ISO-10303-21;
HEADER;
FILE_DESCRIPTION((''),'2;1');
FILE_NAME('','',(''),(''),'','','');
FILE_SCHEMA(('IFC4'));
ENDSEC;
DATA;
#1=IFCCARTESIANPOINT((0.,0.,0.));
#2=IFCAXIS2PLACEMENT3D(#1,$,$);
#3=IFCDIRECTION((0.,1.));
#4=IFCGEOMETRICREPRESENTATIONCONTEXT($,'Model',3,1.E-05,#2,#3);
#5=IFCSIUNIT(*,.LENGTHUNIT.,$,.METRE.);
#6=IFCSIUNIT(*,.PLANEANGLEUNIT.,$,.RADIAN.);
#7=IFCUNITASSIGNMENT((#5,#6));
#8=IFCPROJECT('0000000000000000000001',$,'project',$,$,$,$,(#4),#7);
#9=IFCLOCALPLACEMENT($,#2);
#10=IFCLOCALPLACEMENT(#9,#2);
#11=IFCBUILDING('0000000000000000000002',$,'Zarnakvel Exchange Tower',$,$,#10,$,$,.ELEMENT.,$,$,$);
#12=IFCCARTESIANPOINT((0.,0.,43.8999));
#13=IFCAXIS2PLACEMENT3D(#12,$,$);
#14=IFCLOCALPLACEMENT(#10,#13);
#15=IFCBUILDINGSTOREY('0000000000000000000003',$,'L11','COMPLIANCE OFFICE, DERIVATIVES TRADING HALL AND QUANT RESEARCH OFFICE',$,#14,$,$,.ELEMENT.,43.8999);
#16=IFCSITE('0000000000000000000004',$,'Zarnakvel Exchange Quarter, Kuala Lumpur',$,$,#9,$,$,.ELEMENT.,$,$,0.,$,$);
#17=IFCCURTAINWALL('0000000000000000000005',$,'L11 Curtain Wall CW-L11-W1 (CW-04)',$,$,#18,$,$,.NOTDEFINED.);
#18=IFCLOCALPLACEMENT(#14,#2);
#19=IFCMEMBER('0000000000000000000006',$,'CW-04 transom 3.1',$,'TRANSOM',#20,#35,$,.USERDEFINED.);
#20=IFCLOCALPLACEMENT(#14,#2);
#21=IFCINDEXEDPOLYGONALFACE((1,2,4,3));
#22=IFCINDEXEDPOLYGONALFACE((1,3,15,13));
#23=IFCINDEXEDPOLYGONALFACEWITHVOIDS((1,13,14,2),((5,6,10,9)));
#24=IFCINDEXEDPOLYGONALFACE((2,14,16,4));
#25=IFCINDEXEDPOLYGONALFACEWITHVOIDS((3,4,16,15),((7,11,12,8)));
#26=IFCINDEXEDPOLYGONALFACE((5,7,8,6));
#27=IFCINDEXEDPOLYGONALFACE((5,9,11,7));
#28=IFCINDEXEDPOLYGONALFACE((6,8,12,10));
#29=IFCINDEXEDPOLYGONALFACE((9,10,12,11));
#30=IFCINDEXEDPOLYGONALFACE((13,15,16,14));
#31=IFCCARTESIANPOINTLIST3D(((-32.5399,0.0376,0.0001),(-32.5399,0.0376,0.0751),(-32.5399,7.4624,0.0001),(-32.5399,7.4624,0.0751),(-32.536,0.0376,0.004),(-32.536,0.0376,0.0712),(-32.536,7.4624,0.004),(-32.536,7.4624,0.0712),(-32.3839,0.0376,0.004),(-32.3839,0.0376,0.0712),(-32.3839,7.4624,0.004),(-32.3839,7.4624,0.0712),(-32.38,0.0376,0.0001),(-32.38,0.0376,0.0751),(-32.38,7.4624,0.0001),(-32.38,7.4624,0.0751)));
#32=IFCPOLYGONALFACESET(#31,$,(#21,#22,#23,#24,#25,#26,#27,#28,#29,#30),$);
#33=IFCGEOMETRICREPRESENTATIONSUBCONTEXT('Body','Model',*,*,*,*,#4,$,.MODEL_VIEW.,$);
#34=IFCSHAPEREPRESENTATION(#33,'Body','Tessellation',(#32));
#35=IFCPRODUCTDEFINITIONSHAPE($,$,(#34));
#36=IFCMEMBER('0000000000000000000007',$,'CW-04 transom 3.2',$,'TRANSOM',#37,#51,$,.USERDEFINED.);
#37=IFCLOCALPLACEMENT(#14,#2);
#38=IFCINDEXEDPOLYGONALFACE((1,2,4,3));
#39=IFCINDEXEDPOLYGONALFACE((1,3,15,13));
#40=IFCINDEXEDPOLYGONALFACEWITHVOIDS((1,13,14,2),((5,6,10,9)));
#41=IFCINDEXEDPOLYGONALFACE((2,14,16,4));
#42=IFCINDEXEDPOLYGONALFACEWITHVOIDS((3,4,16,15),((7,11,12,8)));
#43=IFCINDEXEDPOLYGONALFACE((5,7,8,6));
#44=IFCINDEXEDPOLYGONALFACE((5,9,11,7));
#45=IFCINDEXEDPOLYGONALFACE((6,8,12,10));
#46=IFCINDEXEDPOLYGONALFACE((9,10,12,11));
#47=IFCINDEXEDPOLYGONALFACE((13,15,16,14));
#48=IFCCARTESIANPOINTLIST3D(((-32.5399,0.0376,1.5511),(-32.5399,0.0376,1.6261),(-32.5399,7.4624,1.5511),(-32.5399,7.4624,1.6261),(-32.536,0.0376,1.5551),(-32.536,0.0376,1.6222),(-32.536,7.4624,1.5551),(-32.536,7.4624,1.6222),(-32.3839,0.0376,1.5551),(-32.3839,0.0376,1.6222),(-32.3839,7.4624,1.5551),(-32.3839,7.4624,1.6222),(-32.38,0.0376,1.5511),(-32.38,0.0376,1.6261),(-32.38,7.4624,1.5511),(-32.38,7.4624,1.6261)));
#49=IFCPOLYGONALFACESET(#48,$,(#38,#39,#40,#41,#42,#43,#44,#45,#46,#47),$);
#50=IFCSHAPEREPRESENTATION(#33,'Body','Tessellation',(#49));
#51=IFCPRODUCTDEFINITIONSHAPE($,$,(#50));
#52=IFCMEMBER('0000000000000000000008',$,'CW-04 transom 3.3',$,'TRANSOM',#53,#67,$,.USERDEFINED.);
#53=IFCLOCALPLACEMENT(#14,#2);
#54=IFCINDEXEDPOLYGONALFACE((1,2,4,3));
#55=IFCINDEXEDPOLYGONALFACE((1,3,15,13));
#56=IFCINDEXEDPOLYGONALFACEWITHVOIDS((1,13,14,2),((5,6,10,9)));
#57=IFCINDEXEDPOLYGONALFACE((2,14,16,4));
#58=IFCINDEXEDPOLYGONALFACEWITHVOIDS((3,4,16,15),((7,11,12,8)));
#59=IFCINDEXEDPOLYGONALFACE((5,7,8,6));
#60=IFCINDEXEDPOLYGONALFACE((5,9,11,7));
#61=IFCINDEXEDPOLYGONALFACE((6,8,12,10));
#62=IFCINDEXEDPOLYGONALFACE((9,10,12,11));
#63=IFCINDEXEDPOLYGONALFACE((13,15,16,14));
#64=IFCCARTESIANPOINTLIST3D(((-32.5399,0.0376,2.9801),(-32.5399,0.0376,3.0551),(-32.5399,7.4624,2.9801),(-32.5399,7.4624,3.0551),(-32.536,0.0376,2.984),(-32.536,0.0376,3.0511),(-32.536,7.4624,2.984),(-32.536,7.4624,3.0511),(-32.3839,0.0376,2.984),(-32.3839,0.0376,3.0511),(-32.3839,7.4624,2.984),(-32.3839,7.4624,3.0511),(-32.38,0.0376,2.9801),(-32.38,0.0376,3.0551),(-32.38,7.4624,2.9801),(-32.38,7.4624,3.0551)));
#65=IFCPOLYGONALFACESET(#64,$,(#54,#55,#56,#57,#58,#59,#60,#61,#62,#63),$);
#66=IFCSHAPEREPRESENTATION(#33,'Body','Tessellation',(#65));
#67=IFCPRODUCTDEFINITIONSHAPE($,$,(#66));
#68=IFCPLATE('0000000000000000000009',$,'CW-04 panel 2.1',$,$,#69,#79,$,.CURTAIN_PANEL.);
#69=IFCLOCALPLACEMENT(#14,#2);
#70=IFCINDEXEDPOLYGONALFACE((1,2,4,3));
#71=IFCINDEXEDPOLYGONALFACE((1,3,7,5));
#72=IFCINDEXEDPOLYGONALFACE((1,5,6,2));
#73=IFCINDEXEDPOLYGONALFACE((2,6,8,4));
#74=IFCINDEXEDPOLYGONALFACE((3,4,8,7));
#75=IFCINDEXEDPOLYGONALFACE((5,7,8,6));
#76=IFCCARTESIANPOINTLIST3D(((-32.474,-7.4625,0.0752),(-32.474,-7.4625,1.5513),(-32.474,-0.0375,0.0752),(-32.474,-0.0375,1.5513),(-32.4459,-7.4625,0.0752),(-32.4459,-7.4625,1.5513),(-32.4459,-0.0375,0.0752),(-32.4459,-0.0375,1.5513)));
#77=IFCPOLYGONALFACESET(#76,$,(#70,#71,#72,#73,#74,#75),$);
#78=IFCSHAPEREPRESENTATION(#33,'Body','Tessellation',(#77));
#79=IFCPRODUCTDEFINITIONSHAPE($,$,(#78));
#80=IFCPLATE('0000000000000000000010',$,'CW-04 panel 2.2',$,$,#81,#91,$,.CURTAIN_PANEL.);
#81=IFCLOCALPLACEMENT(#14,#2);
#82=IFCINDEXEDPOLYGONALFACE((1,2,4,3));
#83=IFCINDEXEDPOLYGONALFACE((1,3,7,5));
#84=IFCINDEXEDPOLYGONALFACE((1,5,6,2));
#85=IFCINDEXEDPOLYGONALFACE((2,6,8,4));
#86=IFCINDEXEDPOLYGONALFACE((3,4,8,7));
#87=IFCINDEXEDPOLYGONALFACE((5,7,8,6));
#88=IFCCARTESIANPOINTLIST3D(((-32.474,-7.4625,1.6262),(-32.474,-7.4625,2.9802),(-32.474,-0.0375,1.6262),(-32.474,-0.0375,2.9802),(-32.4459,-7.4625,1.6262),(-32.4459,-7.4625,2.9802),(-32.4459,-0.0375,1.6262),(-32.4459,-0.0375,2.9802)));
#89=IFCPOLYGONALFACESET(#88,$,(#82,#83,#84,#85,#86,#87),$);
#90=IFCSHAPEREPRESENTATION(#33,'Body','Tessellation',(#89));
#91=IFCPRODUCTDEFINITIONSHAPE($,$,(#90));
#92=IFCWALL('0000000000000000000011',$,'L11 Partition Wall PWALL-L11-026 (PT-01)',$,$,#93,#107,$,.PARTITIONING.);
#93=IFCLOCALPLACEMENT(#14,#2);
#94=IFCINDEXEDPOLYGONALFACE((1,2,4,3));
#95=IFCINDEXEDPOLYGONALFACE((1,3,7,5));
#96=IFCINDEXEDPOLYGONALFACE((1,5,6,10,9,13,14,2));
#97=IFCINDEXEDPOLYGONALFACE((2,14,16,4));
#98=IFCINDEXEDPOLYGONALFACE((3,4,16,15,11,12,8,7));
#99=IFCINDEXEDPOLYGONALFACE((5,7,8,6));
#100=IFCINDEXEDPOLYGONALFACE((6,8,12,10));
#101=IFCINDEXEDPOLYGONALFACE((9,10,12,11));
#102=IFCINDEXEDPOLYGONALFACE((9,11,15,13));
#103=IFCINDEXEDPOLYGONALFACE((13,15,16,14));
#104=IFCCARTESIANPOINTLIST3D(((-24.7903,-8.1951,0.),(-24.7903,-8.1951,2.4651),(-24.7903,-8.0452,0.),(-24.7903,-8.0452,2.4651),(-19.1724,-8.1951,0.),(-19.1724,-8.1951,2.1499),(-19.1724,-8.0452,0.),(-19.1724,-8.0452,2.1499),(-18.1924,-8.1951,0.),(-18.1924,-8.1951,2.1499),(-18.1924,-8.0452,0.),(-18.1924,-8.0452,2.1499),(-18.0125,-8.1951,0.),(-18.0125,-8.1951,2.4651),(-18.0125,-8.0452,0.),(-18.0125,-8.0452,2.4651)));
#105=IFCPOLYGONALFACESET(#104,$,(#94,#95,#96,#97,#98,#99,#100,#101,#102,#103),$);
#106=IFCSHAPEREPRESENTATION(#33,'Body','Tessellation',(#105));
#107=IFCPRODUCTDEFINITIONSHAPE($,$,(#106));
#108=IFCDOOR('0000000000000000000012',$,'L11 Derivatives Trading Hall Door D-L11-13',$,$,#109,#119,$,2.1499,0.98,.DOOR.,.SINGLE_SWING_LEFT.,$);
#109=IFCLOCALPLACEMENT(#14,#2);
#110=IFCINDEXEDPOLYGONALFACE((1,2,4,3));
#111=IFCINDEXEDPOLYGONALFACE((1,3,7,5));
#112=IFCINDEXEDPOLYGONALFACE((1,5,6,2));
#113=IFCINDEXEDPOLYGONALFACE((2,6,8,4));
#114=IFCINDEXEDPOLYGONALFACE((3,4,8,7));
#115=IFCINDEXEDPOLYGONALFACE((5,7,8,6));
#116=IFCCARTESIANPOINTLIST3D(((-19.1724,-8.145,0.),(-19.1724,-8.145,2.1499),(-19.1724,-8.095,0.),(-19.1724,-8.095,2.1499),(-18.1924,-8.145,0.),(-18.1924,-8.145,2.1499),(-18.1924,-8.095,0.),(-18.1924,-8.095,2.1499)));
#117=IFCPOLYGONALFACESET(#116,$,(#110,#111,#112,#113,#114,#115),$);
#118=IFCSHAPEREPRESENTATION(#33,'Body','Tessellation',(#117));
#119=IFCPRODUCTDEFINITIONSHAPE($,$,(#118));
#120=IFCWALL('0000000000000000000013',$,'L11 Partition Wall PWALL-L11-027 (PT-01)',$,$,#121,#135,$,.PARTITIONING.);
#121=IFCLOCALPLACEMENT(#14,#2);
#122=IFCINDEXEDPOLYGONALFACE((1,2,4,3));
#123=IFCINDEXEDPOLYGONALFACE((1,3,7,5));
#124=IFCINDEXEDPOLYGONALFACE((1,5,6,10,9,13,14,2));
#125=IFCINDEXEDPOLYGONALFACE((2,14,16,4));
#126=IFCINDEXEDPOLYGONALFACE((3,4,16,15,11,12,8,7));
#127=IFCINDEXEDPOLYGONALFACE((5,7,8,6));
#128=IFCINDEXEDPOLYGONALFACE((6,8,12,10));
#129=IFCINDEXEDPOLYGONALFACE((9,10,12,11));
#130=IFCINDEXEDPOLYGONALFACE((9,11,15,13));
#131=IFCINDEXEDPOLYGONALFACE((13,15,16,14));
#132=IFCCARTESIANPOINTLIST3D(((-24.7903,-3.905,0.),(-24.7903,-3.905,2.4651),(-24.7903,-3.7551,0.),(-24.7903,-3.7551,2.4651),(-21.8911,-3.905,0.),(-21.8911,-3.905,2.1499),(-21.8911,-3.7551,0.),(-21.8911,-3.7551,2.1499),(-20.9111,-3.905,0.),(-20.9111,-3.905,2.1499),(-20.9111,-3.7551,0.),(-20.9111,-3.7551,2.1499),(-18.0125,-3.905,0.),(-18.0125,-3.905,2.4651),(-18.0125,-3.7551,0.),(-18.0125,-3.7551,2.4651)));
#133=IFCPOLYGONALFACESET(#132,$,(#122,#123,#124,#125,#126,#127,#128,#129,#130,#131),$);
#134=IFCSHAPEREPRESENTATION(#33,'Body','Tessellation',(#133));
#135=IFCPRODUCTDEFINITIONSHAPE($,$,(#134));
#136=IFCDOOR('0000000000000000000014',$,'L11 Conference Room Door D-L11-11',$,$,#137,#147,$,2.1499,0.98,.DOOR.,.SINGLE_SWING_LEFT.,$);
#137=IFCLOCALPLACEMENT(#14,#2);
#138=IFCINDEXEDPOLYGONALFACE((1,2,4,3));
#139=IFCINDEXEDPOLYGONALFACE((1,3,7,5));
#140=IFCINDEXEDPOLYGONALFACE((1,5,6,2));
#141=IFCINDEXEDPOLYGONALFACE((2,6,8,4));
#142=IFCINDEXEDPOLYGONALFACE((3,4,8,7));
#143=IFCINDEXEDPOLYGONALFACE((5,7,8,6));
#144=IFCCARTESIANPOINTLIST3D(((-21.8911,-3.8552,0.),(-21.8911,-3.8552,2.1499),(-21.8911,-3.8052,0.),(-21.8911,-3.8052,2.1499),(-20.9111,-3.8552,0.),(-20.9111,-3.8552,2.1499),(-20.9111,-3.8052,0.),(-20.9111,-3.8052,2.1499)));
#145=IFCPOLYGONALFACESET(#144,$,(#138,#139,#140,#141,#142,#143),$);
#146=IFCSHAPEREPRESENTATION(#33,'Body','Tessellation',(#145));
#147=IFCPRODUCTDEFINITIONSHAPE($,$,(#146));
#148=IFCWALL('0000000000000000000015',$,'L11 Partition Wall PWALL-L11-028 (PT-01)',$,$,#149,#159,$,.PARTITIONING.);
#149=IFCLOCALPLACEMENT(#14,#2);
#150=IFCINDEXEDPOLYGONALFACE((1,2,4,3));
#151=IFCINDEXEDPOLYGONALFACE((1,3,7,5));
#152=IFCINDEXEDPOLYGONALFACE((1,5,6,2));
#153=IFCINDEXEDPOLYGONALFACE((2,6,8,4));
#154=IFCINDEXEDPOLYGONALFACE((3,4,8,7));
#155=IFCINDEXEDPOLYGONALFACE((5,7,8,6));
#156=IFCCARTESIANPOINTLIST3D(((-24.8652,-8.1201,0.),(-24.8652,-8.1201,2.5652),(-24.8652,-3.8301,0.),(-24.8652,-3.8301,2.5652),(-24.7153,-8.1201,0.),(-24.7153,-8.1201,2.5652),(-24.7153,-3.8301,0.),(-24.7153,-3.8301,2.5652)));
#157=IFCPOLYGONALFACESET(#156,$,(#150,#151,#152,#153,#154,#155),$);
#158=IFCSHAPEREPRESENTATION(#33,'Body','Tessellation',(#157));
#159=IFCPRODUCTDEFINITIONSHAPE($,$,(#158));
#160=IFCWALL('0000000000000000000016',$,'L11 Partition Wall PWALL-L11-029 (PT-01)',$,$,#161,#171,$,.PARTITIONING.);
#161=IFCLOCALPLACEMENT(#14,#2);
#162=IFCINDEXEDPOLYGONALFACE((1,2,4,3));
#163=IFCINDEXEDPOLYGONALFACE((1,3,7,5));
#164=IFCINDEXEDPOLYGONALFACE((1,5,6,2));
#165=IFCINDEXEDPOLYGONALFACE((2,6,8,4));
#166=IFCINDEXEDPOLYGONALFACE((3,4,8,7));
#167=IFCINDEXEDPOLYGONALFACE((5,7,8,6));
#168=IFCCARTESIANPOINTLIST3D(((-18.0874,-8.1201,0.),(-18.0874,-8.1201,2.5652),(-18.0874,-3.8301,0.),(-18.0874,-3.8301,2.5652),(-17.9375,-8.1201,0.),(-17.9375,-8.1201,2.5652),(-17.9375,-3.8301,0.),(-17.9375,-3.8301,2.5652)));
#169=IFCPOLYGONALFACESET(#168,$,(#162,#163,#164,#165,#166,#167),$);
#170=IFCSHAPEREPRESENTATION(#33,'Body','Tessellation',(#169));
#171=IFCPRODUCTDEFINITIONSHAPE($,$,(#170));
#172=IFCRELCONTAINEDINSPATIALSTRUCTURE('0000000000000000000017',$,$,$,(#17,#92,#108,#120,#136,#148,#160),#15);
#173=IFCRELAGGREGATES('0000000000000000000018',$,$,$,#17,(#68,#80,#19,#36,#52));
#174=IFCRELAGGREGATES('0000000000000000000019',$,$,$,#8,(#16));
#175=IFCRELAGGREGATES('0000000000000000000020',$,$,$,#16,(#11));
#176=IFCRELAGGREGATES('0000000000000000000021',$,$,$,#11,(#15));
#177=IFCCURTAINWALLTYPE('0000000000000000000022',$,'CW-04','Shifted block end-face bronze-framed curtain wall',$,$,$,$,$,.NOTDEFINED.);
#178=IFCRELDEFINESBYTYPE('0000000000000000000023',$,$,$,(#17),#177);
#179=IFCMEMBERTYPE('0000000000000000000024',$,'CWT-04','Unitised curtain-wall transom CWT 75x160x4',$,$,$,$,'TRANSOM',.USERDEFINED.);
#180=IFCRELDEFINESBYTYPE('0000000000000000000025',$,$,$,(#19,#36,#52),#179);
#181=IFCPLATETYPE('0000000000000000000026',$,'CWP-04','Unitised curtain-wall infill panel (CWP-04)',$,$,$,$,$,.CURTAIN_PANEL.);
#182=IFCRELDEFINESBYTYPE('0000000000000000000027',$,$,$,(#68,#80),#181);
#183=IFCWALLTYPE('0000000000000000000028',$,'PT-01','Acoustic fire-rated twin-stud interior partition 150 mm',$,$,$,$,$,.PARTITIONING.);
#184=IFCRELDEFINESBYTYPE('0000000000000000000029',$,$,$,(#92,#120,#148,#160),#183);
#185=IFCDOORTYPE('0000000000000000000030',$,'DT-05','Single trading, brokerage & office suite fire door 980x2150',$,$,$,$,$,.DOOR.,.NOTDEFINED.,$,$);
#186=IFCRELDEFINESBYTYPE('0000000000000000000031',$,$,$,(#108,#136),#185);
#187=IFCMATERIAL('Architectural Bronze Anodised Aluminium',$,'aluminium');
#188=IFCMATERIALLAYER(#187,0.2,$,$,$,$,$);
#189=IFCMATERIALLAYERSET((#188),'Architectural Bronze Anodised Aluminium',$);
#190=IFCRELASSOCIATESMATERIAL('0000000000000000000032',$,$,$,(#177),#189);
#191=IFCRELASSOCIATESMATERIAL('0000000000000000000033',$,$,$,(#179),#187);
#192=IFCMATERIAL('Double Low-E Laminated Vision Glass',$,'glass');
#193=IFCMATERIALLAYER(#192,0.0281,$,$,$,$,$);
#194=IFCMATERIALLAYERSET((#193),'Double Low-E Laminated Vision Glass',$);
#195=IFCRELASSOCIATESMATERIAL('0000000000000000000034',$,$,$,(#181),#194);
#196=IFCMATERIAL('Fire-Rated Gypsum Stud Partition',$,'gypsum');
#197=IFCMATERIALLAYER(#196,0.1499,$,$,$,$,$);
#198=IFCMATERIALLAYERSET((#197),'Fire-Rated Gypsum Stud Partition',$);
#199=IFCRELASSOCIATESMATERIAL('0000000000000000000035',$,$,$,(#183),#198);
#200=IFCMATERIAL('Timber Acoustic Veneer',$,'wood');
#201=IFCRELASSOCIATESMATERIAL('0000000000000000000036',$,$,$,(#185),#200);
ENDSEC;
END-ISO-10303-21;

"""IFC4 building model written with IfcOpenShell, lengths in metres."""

from ifc_helpers import new_model, si_unit, direction, frame, frame_2d, origin, origin_2d, place, context, subcontext, project, spatial, rectangle, hollow_rectangle, extrude, source, transform, mapped, material, layer, layer_set, material_profile, profile_set, type_object, element, fill, aggregate, save


model = new_model("IFC4")

# Units and contexts
model_context = context("Model", 3, precision=1e-05, world=origin(), true_north=direction((0.0, 1.0)))
body_context = subcontext(model_context, "Body", "Model", "MODEL_VIEW")
ifc_project = project(units=[si_unit("LENGTHUNIT", "METRE"), si_unit("PLANEANGLEUNIT", "RADIAN")], contexts=[model_context])

# Site, building, storey
site_placement = place(None, origin())
site = spatial("IfcSite", under=ifc_project, at=site_placement, Name="Zarnakvel Exchange Quarter, Kuala Lumpur", CompositionType="ELEMENT", RefElevation=0.0)
building_placement = place(site_placement, origin())
building = spatial("IfcBuilding", under=site, at=building_placement, Name="Zarnakvel Exchange Tower", CompositionType="ELEMENT")
storey_placement = place(building_placement, frame((0.0, 0.0, 43.8999)))
storey = spatial("IfcBuildingStorey", under=building, at=storey_placement, Name="L11", Description="COMPLIANCE OFFICE, DERIVATIVES TRADING HALL AND QUANT RESEARCH OFFICE", CompositionType="ELEMENT", Elevation=43.8999)

# Curtain wall, members, plates
ifc_material_1 = material(Name="Architectural Bronze Anodised Aluminium", Category="aluminium")
ifc_layer_1 = layer(ifc_material_1, 0.2)
ifc_layer_set_1 = layer_set([ifc_layer_1], Name="Architectural Bronze Anodised Aluminium")
curtain_wall_type = type_object("IfcCurtainWallType", Name="CW-04", Description="Shifted block end-face bronze-framed curtain wall", PredefinedType="NOTDEFINED", material=ifc_layer_set_1)
curtain_wall_placement = place(storey_placement, origin())
curtain_wall = element("IfcCurtainWall", 1, at=curtain_wall_placement, inside=storey, type_object=curtain_wall_type, Name="L11 Curtain Wall CW-L11-W1 (CW-04)", PredefinedType="NOTDEFINED")
ifc_material_profile_1 = material_profile(ifc_material_1, hollow_rectangle(XDim=0.1599, YDim=0.075, WallThickness=0.0039, at=origin_2d()))
ifc_profile_set_1 = profile_set([ifc_material_profile_1], Name="Architectural Bronze Anodised Aluminium")
member_type_1 = type_object("IfcMemberType", Name="CWT-04", Description="Unitised curtain-wall transom CWT 75x160x4", ElementType="TRANSOM", PredefinedType="USERDEFINED", material=ifc_profile_set_1)
shared_shape_1 = source(origin(), body_context, "Body", "SweptSolid", [
    extrude(hollow_rectangle(XDim=0.1599, YDim=0.075, WallThickness=0.0039, at=origin_2d()), origin(), (0.0, 0.0, 1.0), 7.4248),
])
member_1_placement = place(storey_placement, frame((-32.46, 0.0376, 0.0376), z_axis=(0.0, 1.0, 0.0), x_axis=(-1.0, 0.0, 0.0)))
member_1 = element("IfcMember", 2, at=member_1_placement, type_object=member_type_1, Name="CW-04 transom 3.1", ObjectType="TRANSOM", PredefinedType="USERDEFINED", context=body_context, shape_type="MappedRepresentation", body=[
    mapped(shared_shape_1, transform((0.0, 0.0, 0.0), x_axis=(1.0, 0.0, 0.0), y_axis=(0.0, 1.0, 0.0), z_axis=(0.0, 0.0, 1.0), scale=1.0)),
])
member_2_placement = place(storey_placement, frame((-32.46, 0.0376, 1.5886), z_axis=(0.0, 1.0, 0.0), x_axis=(-1.0, 0.0, 0.0)))
member_2 = element("IfcMember", 3, at=member_2_placement, type_object=member_type_1, Name="CW-04 transom 3.2", ObjectType="TRANSOM", PredefinedType="USERDEFINED", context=body_context, shape_type="MappedRepresentation", body=[
    mapped(shared_shape_1, transform((0.0, 0.0, 0.0), x_axis=(1.0, 0.0, 0.0), y_axis=(0.0, 1.0, 0.0), z_axis=(0.0, 0.0, 1.0), scale=1.0)),
])
member_3_placement = place(storey_placement, frame((-32.46, 0.0376, 3.0176), z_axis=(0.0, 1.0, 0.0), x_axis=(-1.0, 0.0, 0.0)))
member_3 = element("IfcMember", 4, at=member_3_placement, type_object=member_type_1, Name="CW-04 transom 3.3", ObjectType="TRANSOM", PredefinedType="USERDEFINED", context=body_context, shape_type="MappedRepresentation", body=[
    mapped(shared_shape_1, transform((0.0, 0.0, 0.0), x_axis=(1.0, 0.0, 0.0), y_axis=(0.0, 1.0, 0.0), z_axis=(0.0, 0.0, 1.0), scale=1.0)),
])
ifc_material_2 = material(Name="Double Low-E Laminated Vision Glass", Category="glass")
ifc_layer_2 = layer(ifc_material_2, 0.0281)
ifc_layer_set_2 = layer_set([ifc_layer_2], Name="Double Low-E Laminated Vision Glass")
plate_type = type_object("IfcPlateType", Name="CWP-04", Description="Unitised curtain-wall infill panel (CWP-04)", PredefinedType="CURTAIN_PANEL", material=ifc_layer_set_2)
shared_shape_2 = source(origin(), body_context, "Body", "SweptSolid", [
    extrude(rectangle(XDim=7.425, YDim=0.0281, at=origin_2d()), origin(), (0.0, 0.0, 1.0), 1.4761),
])
plate_1_placement = place(storey_placement, frame((-32.46, -3.75, 0.0752), z_axis=(0.0, 0.0, 1.0), x_axis=(0.0, 1.0, 0.0)))
plate_1 = element("IfcPlate", 5, at=plate_1_placement, type_object=plate_type, Name="CW-04 panel 2.1", PredefinedType="CURTAIN_PANEL", context=body_context, shape_type="MappedRepresentation", body=[
    mapped(shared_shape_2, transform((0.0, 0.0, 0.0), x_axis=(1.0, 0.0, 0.0), y_axis=(0.0, 1.0, 0.0), z_axis=(0.0, 0.0, 1.0), scale=1.0)),
])
shared_shape_3 = source(origin(), body_context, "Body", "SweptSolid", [
    extrude(rectangle(XDim=7.425, YDim=0.0281, at=origin_2d()), origin(), (0.0, 0.0, 1.0), 1.354),
])
plate_2_placement = place(storey_placement, frame((-32.46, -3.75, 1.6262), z_axis=(0.0, 0.0, 1.0), x_axis=(0.0, 1.0, 0.0)))
plate_2 = element("IfcPlate", 6, at=plate_2_placement, type_object=plate_type, Name="CW-04 panel 2.2", PredefinedType="CURTAIN_PANEL", context=body_context, shape_type="MappedRepresentation", body=[
    mapped(shared_shape_3, transform((0.0, 0.0, 0.0), x_axis=(1.0, 0.0, 0.0), y_axis=(0.0, 1.0, 0.0), z_axis=(0.0, 0.0, 1.0), scale=1.0)),
])
aggregate(curtain_wall, [plate_1, plate_2, member_1, member_2, member_3])

# Walls, openings, doors
ifc_material_3 = material(Name="Fire-Rated Gypsum Stud Partition", Category="gypsum")
ifc_layer_3 = layer(ifc_material_3, 0.1499)
ifc_layer_set_3 = layer_set([ifc_layer_3], Name="Fire-Rated Gypsum Stud Partition")
wall_type = type_object("IfcWallType", Name="PT-01", Description="Acoustic fire-rated twin-stud interior partition 150 mm", PredefinedType="PARTITIONING", material=ifc_layer_set_3)
wall_1_placement = place(storey_placement, frame((-18.0125, -8.1201, 0.0), z_axis=(0.0, 0.0, 1.0), x_axis=(-1.0, 0.0, 0.0)))
wall_1 = element("IfcWall", 7, at=wall_1_placement, inside=storey, type_object=wall_type, Name="L11 Partition Wall PWALL-L11-026 (PT-01)", PredefinedType="PARTITIONING", context=body_context, shape_type="SweptSolid", body=[
    extrude(rectangle(XDim=6.7778, YDim=0.1499, at=frame_2d((3.3889, 0.0))), origin(), (0.0, 0.0, 1.0), 2.4651),
])
opening_1_placement = place(wall_1_placement, frame((0.1799, 0.0, 0.0)))
opening_1 = element("IfcOpeningElement", 8, at=opening_1_placement, cuts=wall_1, PredefinedType="OPENING", context=body_context, shape_type="SweptSolid", body=[
    extrude(rectangle(XDim=0.98, YDim=2.1499, at=frame_2d((0.49, 1.075))), frame((0.0, 0.085, 0.0), z_axis=(0.0, -1.0, 0.0), x_axis=(1.0, 0.0, 0.0)), (0.0, 0.0, 1.0), 0.1699),
])
ifc_material_4 = material(Name="Timber Acoustic Veneer", Category="wood")
door_type = type_object("IfcDoorType", Name="DT-05", Description="Single trading, brokerage & office suite fire door 980x2150", OperationType="NOTDEFINED", PredefinedType="DOOR", material=ifc_material_4)
shared_shape_4 = source(origin(), body_context, "Body", "SweptSolid", [
    extrude(rectangle(XDim=0.98, YDim=2.1499, at=frame_2d((0.49, 1.075))), frame((0.0, 0.0249, 0.0), z_axis=(0.0, -1.0, 0.0), x_axis=(1.0, 0.0, 0.0)), (0.0, 0.0, 1.0), 0.05),
])
door_1_placement = place(opening_1_placement, origin())
door_1 = element("IfcDoor", 9, at=door_1_placement, inside=storey, type_object=door_type, Name="L11 Derivatives Trading Hall Door D-L11-13", OperationType="SINGLE_SWING_LEFT", OverallHeight=2.1499, OverallWidth=0.98, PredefinedType="DOOR", context=body_context, shape_type="MappedRepresentation", body=[
    mapped(shared_shape_4, transform((0.0, 0.0, 0.0), x_axis=(1.0, 0.0, 0.0), y_axis=(0.0, 1.0, 0.0), z_axis=(0.0, 0.0, 1.0), scale=1.0)),
])
fill(opening_1, door_1)
wall_2_placement = place(storey_placement, frame((-24.7903, -3.8301, 0.0), z_axis=(0.0, 0.0, 1.0), x_axis=(1.0, 0.0, 0.0)))
wall_2 = element("IfcWall", 10, at=wall_2_placement, inside=storey, type_object=wall_type, Name="L11 Partition Wall PWALL-L11-027 (PT-01)", PredefinedType="PARTITIONING", context=body_context, shape_type="SweptSolid", body=[
    extrude(rectangle(XDim=6.7778, YDim=0.1499, at=frame_2d((3.3889, 0.0))), origin(), (0.0, 0.0, 1.0), 2.4651),
])
opening_2_placement = place(wall_2_placement, frame((2.8992, 0.0, 0.0)))
opening_2 = element("IfcOpeningElement", 11, at=opening_2_placement, cuts=wall_2, PredefinedType="OPENING", context=body_context, shape_type="SweptSolid", body=[
    extrude(rectangle(XDim=0.98, YDim=2.1499, at=frame_2d((0.49, 1.075))), frame((0.0, 0.085, 0.0), z_axis=(0.0, -1.0, 0.0), x_axis=(1.0, 0.0, 0.0)), (0.0, 0.0, 1.0), 0.1699),
])
door_2_placement = place(opening_2_placement, origin())
door_2 = element("IfcDoor", 12, at=door_2_placement, inside=storey, type_object=door_type, Name="L11 Conference Room Door D-L11-11", OperationType="SINGLE_SWING_LEFT", OverallHeight=2.1499, OverallWidth=0.98, PredefinedType="DOOR", context=body_context, shape_type="MappedRepresentation", body=[
    mapped(shared_shape_4, transform((0.0, 0.0, 0.0), x_axis=(1.0, 0.0, 0.0), y_axis=(0.0, 1.0, 0.0), z_axis=(0.0, 0.0, 1.0), scale=1.0)),
])
fill(opening_2, door_2)

# Walls
for number, where, z_axis, x_axis, name in (
    (13, (-24.7903, -8.1201, 0.0), (0.0, 0.0, 1.0), (0.0, 1.0, 0.0), "L11 Partition Wall PWALL-L11-028 (PT-01)"),
    (14, (-18.0125, -3.8301, 0.0), (0.0, 0.0, 1.0), (0.0, -1.0, 0.0), "L11 Partition Wall PWALL-L11-029 (PT-01)"),
):
    element("IfcWall", number, at=place(storey_placement, frame(where, z_axis=z_axis, x_axis=x_axis)), inside=storey, type_object=wall_type, Name=name, PredefinedType="PARTITIONING", context=body_context, shape_type="SweptSolid", body=[
        extrude(rectangle(XDim=4.29, YDim=0.1499, at=frame_2d((2.145, 0.0))), origin(), (0.0, 0.0, 1.0), 2.5652),
    ])

save(model, "model.ifc")
